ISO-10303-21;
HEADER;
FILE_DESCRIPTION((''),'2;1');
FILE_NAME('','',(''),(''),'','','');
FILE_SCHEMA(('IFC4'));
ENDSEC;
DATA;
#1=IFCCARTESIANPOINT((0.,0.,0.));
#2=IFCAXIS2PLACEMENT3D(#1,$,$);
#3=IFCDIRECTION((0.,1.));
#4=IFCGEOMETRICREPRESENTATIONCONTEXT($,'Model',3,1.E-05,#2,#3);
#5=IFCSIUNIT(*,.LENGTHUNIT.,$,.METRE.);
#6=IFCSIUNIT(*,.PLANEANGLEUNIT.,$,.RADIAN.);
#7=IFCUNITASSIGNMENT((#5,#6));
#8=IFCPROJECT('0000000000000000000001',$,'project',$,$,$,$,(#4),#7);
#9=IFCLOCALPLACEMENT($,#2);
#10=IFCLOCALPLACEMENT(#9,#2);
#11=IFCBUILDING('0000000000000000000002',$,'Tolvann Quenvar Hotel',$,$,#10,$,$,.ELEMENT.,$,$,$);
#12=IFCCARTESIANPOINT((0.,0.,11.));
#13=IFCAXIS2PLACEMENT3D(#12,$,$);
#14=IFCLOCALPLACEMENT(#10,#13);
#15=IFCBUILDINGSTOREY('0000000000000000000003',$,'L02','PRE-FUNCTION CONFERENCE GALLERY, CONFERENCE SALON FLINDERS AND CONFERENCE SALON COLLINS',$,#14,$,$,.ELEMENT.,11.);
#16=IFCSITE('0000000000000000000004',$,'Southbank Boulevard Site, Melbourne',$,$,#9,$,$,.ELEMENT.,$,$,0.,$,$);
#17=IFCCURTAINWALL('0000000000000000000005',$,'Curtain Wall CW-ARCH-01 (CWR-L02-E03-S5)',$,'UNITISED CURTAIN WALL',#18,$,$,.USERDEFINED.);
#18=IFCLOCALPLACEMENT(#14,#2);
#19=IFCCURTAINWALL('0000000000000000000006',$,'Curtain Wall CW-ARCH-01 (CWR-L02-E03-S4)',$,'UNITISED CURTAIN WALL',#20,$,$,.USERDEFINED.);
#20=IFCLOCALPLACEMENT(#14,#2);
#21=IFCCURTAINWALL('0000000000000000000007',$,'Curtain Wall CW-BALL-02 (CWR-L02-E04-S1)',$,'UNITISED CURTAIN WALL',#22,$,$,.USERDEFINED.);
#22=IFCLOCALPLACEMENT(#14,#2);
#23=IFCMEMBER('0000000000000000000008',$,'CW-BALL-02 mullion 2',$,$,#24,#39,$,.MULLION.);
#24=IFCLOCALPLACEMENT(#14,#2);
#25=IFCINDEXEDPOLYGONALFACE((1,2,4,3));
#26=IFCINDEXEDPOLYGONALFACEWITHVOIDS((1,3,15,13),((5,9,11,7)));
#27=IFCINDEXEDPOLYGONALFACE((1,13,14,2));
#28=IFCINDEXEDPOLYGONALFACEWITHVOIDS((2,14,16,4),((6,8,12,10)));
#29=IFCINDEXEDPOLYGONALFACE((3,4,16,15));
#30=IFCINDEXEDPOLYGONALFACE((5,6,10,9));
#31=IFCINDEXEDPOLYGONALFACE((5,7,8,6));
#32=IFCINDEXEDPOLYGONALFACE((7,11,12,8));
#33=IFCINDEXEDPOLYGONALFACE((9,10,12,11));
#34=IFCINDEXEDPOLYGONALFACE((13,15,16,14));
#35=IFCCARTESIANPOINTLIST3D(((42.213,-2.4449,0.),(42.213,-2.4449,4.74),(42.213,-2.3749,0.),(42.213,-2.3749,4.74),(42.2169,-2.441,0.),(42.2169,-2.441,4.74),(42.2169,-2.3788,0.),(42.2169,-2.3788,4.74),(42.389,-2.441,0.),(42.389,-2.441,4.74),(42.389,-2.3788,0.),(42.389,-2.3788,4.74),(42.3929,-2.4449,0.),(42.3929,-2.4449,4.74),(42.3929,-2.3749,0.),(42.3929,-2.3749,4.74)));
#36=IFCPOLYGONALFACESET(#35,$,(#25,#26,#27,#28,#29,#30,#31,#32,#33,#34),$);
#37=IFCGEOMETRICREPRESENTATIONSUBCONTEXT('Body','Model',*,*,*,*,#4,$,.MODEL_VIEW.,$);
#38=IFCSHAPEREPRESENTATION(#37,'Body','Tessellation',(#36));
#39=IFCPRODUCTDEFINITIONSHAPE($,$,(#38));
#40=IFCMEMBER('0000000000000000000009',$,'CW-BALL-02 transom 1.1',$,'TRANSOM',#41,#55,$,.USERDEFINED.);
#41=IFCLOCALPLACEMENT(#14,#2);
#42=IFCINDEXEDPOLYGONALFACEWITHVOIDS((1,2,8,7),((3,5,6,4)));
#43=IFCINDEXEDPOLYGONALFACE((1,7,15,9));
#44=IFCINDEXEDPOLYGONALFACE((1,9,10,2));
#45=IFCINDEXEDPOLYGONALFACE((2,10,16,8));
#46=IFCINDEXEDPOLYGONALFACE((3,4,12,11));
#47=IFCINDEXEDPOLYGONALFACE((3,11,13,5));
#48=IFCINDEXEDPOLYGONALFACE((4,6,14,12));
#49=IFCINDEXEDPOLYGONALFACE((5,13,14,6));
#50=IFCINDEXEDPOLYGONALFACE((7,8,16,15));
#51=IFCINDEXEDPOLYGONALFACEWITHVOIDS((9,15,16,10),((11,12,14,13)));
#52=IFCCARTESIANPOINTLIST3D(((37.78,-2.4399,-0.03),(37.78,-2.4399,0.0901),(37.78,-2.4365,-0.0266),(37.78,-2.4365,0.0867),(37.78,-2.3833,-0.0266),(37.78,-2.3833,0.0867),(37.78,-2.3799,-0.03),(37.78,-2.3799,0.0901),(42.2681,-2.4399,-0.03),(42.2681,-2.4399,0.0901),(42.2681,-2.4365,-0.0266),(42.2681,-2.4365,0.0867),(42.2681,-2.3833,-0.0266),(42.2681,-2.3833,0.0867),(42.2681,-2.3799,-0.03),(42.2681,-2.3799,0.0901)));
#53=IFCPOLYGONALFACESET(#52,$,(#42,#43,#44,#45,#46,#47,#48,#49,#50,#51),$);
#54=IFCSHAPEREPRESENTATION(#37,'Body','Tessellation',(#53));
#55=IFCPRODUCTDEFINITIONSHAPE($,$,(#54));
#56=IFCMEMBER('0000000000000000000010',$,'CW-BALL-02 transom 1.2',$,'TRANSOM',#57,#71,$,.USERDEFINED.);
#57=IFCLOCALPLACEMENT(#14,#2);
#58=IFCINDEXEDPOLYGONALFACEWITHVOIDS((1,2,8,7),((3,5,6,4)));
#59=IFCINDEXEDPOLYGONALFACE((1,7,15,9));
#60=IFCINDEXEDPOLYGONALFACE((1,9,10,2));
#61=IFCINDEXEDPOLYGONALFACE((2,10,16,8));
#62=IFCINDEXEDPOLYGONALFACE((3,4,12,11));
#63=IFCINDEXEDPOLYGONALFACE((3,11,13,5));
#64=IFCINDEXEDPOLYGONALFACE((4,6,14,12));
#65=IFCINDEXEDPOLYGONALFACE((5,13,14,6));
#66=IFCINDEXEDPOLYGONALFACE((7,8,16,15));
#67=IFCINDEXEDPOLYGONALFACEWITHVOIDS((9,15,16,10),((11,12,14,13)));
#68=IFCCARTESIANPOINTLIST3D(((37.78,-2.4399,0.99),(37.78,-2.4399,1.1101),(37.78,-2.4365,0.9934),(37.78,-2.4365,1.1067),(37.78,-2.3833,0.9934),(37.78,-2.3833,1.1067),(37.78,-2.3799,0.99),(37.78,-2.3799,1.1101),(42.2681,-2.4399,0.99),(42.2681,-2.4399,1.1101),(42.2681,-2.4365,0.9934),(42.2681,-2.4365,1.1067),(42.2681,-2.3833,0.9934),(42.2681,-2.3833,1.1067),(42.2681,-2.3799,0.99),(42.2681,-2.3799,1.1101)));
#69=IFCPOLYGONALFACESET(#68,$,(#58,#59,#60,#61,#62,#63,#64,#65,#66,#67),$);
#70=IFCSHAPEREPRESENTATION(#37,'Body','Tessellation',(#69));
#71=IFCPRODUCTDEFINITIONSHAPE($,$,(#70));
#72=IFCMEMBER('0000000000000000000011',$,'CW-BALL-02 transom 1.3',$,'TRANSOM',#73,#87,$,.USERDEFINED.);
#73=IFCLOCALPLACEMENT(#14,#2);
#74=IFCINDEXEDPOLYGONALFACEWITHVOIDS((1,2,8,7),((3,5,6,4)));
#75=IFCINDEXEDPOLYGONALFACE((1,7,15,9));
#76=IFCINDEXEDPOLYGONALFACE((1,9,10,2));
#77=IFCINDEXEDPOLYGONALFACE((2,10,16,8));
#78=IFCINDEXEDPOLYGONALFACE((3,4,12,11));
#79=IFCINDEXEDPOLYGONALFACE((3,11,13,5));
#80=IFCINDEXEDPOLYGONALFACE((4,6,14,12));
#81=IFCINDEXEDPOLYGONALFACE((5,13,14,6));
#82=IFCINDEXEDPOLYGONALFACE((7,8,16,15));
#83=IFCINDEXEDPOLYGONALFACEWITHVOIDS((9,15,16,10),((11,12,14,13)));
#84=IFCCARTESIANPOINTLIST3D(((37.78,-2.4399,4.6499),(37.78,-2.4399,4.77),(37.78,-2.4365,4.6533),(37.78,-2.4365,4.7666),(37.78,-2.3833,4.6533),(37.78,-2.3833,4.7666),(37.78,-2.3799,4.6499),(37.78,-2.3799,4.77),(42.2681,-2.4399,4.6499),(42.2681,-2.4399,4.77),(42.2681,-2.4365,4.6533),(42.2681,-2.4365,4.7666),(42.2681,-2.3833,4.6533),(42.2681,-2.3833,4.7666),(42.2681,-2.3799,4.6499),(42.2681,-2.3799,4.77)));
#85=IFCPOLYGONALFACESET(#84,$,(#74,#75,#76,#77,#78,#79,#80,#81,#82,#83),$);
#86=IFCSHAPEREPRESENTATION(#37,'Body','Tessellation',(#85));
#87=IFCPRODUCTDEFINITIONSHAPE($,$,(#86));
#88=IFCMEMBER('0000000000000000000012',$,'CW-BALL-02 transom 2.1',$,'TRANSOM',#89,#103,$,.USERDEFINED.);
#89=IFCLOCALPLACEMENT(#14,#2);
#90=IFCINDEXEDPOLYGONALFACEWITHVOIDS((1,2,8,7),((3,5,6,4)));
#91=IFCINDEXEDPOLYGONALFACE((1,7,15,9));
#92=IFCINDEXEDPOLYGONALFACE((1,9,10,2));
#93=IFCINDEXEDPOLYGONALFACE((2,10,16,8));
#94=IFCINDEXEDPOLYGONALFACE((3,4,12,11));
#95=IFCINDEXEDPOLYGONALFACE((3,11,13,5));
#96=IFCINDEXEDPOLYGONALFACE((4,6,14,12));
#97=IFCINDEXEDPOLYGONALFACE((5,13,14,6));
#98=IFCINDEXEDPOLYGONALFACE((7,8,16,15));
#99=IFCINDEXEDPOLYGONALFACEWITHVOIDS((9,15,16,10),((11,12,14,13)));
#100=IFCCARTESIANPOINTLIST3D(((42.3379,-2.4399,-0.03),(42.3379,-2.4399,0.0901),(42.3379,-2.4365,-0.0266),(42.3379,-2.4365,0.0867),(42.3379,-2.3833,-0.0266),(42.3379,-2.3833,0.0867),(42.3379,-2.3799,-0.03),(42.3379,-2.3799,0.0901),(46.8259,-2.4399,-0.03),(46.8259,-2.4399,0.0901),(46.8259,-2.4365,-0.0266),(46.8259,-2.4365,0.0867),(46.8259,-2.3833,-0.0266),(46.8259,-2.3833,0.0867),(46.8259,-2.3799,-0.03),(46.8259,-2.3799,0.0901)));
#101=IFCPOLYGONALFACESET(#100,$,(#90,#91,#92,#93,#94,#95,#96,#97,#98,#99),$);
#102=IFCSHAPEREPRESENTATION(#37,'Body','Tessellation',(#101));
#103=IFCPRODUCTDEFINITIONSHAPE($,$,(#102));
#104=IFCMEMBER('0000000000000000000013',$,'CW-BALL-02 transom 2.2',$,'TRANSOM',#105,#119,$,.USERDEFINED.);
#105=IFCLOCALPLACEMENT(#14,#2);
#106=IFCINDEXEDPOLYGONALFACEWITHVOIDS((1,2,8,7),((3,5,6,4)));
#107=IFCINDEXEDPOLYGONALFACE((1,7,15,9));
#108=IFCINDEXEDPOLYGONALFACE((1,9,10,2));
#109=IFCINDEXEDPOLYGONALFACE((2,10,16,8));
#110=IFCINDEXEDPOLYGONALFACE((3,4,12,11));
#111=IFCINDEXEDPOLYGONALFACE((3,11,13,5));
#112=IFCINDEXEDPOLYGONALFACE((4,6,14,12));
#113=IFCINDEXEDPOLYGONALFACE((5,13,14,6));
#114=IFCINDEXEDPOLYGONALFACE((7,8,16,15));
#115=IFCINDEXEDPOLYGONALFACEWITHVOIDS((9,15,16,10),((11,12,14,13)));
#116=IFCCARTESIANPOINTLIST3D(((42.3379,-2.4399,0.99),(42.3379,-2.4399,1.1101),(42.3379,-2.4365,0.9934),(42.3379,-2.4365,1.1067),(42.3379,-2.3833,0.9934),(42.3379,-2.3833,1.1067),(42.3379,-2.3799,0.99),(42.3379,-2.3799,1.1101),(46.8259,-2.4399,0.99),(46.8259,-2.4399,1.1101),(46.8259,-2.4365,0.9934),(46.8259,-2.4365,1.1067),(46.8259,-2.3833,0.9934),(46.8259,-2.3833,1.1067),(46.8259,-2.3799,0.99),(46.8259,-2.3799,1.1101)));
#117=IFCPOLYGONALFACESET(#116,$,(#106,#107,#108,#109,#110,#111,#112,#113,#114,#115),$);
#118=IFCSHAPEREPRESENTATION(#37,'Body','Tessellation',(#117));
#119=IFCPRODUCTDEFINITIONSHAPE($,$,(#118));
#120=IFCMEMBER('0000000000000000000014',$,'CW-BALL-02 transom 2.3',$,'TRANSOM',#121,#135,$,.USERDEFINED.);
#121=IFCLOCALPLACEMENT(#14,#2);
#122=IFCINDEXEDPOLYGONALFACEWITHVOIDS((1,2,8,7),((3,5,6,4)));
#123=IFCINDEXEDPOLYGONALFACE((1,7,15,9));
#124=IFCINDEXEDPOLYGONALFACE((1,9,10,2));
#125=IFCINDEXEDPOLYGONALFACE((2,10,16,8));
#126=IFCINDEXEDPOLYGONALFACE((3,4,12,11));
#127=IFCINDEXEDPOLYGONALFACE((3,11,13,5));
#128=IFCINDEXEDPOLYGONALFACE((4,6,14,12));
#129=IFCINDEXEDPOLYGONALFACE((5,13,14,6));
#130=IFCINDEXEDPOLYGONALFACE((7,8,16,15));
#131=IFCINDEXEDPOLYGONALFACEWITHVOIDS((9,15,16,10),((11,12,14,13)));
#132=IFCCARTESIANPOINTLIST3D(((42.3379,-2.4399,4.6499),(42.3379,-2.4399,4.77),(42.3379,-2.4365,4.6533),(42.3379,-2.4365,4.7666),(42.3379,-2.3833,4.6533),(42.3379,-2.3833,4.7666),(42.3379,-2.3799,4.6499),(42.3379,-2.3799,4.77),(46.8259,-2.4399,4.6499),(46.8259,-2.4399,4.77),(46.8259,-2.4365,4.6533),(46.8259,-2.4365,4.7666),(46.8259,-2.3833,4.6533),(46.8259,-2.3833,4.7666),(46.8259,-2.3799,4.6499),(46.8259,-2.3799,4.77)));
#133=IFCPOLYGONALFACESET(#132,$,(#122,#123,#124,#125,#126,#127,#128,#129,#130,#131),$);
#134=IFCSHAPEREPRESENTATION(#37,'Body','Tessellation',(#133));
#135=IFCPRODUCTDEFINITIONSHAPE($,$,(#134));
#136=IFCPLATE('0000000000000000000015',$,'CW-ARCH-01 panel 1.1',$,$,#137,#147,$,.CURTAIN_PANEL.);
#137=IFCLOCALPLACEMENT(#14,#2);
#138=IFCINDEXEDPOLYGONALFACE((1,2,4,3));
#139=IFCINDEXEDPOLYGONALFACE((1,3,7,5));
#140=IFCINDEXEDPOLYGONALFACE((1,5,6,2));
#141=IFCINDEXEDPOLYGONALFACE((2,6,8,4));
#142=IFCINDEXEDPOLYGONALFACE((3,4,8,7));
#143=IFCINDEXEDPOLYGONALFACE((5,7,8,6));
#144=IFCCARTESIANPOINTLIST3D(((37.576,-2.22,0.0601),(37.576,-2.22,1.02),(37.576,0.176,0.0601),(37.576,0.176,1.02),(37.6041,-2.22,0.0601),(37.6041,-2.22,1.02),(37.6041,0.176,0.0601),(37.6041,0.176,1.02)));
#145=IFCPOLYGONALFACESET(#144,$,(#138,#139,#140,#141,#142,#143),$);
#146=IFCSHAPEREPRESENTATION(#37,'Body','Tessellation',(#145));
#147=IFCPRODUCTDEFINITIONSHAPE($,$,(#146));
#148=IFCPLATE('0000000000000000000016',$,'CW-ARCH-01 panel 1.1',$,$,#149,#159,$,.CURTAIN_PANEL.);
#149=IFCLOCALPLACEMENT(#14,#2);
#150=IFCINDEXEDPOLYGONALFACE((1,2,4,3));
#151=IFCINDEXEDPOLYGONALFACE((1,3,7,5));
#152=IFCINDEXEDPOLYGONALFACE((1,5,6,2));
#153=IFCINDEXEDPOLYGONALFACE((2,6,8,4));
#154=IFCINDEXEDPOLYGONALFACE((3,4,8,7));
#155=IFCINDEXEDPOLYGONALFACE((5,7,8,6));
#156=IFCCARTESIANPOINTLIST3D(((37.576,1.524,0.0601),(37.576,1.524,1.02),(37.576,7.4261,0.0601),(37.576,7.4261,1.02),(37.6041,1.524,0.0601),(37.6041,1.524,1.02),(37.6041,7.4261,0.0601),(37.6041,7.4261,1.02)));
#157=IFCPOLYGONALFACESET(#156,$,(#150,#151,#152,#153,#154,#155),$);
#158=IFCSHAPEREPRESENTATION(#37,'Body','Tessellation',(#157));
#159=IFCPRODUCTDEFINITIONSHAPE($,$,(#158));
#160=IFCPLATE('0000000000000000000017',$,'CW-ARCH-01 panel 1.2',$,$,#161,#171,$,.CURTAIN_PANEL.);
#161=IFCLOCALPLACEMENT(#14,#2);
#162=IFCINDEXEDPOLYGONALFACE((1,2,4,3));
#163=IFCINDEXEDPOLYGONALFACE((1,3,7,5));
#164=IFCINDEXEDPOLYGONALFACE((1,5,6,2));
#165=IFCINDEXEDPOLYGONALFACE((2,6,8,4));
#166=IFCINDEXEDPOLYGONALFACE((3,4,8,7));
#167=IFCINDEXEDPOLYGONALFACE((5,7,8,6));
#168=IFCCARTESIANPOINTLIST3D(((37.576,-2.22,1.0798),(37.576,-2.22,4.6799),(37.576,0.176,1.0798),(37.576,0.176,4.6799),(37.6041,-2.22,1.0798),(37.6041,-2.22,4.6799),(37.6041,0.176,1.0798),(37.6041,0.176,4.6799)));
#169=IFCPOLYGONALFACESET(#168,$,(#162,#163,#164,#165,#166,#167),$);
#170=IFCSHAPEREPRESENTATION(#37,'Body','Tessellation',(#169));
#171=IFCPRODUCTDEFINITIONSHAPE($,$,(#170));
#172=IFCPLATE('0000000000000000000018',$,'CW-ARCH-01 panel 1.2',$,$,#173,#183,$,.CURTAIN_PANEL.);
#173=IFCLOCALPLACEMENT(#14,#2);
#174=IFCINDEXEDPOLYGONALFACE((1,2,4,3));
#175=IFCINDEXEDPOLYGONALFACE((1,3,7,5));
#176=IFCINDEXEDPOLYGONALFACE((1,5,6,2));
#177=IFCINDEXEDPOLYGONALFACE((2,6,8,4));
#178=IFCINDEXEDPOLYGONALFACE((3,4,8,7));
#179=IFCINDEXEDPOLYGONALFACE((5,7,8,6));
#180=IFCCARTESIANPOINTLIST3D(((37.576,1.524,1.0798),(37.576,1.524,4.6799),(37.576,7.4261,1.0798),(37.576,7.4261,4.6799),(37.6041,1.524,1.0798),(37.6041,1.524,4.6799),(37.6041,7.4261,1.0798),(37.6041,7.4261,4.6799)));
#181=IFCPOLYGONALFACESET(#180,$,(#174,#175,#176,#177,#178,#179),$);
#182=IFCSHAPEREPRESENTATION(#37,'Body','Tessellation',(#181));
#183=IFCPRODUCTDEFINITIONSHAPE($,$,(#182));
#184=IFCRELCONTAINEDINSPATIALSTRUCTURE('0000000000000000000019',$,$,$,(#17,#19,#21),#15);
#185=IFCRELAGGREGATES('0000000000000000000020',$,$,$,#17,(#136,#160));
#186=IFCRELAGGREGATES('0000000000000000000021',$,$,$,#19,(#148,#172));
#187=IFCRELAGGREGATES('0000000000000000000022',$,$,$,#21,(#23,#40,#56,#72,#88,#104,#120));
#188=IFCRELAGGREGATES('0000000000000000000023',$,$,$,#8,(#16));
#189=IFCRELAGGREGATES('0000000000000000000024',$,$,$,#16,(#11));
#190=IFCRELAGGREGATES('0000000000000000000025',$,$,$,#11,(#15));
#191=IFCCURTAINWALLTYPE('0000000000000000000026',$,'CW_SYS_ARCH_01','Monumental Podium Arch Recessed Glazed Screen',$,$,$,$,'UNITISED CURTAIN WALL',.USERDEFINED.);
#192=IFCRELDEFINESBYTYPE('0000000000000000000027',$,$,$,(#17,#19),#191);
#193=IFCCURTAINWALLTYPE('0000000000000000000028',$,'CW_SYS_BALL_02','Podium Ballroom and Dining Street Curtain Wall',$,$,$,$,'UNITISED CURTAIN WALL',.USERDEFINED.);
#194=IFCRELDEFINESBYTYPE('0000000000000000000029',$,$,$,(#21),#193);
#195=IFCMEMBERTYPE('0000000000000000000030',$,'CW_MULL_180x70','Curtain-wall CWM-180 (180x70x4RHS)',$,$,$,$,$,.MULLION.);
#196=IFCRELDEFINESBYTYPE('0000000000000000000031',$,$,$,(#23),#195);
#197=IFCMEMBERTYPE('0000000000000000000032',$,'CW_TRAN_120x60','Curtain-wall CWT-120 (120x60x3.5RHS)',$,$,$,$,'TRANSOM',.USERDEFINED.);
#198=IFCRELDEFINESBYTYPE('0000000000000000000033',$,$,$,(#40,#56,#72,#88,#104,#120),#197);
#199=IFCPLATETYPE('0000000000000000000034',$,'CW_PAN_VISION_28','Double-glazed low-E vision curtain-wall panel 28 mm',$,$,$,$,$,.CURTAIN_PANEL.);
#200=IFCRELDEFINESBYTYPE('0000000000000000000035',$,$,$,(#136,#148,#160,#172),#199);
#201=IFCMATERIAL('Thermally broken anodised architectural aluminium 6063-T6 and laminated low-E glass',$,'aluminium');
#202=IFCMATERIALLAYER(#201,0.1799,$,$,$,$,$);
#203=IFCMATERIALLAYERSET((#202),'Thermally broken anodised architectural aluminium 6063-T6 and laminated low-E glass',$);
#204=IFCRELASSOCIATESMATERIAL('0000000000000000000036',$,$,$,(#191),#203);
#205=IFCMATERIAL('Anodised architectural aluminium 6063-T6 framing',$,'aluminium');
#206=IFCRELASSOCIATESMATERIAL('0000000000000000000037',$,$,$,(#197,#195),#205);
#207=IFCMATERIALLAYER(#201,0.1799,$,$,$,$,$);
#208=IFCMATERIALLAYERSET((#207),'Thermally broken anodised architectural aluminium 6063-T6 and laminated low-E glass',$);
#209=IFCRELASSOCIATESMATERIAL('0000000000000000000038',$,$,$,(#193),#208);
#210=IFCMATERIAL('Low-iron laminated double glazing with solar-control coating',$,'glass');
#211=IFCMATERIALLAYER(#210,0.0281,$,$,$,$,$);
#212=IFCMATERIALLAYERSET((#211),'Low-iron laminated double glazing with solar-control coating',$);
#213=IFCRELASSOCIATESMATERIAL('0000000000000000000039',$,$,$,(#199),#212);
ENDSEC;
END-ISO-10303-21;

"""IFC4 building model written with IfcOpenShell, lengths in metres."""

from ifc_helpers import new_model, si_unit, direction, frame, origin, origin_2d, place, context, subcontext, project, spatial, rectangle, hollow_rectangle, extrude, source, transform, mapped, material, layer, layer_set, material_profile, profile_set, type_object, type_shapes, element, aggregate, save


model = new_model("IFC4")

# Units and contexts
model_context = context("Model", 3, precision=1e-05, world=origin(), true_north=direction((0.0, 1.0)))
body_context = subcontext(model_context, "Body", "Model", "MODEL_VIEW")
ifc_project = project(units=[si_unit("LENGTHUNIT", "METRE"), si_unit("PLANEANGLEUNIT", "RADIAN")], contexts=[model_context])

# Site, building, storey
site_placement = place(None, origin())
site = spatial("IfcSite", under=ifc_project, at=site_placement, Name="Southbank Boulevard Site, Melbourne", CompositionType="ELEMENT", RefElevation=0.0)
building_placement = place(site_placement, origin())
building = spatial("IfcBuilding", under=site, at=building_placement, Name="Tolvann Quenvar Hotel", CompositionType="ELEMENT")
storey_placement = place(building_placement, frame((0.0, 0.0, 11.0)))
storey = spatial("IfcBuildingStorey", under=building, at=storey_placement, Name="L02", Description="PRE-FUNCTION CONFERENCE GALLERY, CONFERENCE SALON FLINDERS AND CONFERENCE SALON COLLINS", CompositionType="ELEMENT", Elevation=11.0)

# Curtain wall
ifc_material_1 = material(Name="Thermally broken anodised architectural aluminium 6063-T6 and laminated low-E glass", Category="aluminium")
ifc_layer_1 = layer(ifc_material_1, 0.1799)
ifc_layer_set_1 = layer_set([ifc_layer_1], Name="Thermally broken anodised architectural aluminium 6063-T6 and laminated low-E glass")
curtain_wall_type_1 = type_object("IfcCurtainWallType", Name="CW_SYS_ARCH_01", Description="Monumental Podium Arch Recessed Glazed Screen", ElementType="UNITISED CURTAIN WALL", PredefinedType="USERDEFINED", material=ifc_layer_set_1)
curtain_wall_1_placement = place(storey_placement, origin())
curtain_wall_1 = element("IfcCurtainWall", 1, at=curtain_wall_1_placement, inside=storey, type_object=curtain_wall_type_1, Name="Curtain Wall CW-ARCH-01 (CWR-L02-E03-S5)", ObjectType="UNITISED CURTAIN WALL", PredefinedType="USERDEFINED")
ifc_material_2 = material(Name="Anodised architectural aluminium 6063-T6 framing", Category="aluminium")
ifc_material_profile_1 = material_profile(ifc_material_2, hollow_rectangle(XDim=0.0601, YDim=0.1201, WallThickness=0.0034, at=origin_2d()), Name="120x60x3.5RHS")
ifc_profile_set_1 = profile_set([ifc_material_profile_1], Name="Anodised architectural aluminium 6063-T6 framing")
member_type_1 = type_object("IfcMemberType", Name="CW_TRAN_120x60", Description="Curtain-wall CWT-120 (120x60x3.5RHS)", ElementType="TRANSOM", PredefinedType="USERDEFINED", material=ifc_profile_set_1)

# Curtain wall
curtain_wall_2_placement = place(storey_placement, origin())
curtain_wall_2 = element("IfcCurtainWall", 2, at=curtain_wall_2_placement, inside=storey, type_object=curtain_wall_type_1, Name="Curtain Wall CW-ARCH-01 (CWR-L02-E03-S4)", ObjectType="UNITISED CURTAIN WALL", PredefinedType="USERDEFINED")
ifc_material_profile_2 = material_profile(ifc_material_2, hollow_rectangle(XDim=0.0701, YDim=0.1799, WallThickness=0.0039, at=origin_2d()), Name="180x70x4RHS")
ifc_profile_set_2 = profile_set([ifc_material_profile_2], Name="Anodised architectural aluminium 6063-T6 framing")
member_type_2 = type_object("IfcMemberType", Name="CW_MULL_180x70", Description="Curtain-wall CWM-180 (180x70x4RHS)", PredefinedType="MULLION", material=ifc_profile_set_2)
shared_shape_1 = source(origin(), body_context, "Body", "SweptSolid", [
    extrude(hollow_rectangle(XDim=0.0701, YDim=0.1799, WallThickness=0.0039, at=origin_2d()), origin(), (0.0, 0.0, 1.0), 4.74),
])
type_shapes(member_type_2, [shared_shape_1])

# Curtain wall, members
ifc_layer_2 = layer(ifc_material_1, 0.1799)
ifc_layer_set_2 = layer_set([ifc_layer_2], Name="Thermally broken anodised architectural aluminium 6063-T6 and laminated low-E glass")
curtain_wall_type_2 = type_object("IfcCurtainWallType", Name="CW_SYS_BALL_02", Description="Podium Ballroom and Dining Street Curtain Wall", ElementType="UNITISED CURTAIN WALL", PredefinedType="USERDEFINED", material=ifc_layer_set_2)
curtain_wall_3_placement = place(storey_placement, origin())
curtain_wall_3 = element("IfcCurtainWall", 3, at=curtain_wall_3_placement, inside=storey, type_object=curtain_wall_type_2, Name="Curtain Wall CW-BALL-02 (CWR-L02-E04-S1)", ObjectType="UNITISED CURTAIN WALL", PredefinedType="USERDEFINED")
member_1_placement = place(storey_placement, frame((42.303, -2.4099, 0.0), z_axis=(0.0, 0.0, 1.0), x_axis=(0.0, 1.0, 0.0)))
member_1 = element("IfcMember", 4, at=member_1_placement, type_object=member_type_2, Name="CW-BALL-02 mullion 2", PredefinedType="MULLION", context=body_context, shape_type="MappedRepresentation", body=[
    mapped(shared_shape_1, transform((0.0, 0.0, 0.0), x_axis=(1.0, 0.0, 0.0), y_axis=(0.0, 1.0, 0.0), z_axis=(0.0, 0.0, 1.0), scale=1.0)),
])
shared_shape_2 = source(origin(), body_context, "Body", "SweptSolid", [
    extrude(hollow_rectangle(XDim=0.0601, YDim=0.1201, WallThickness=0.0034, at=origin_2d()), origin(), (0.0, 0.0, 1.0), 4.488),
])
member_2_placement = place(storey_placement, frame((37.78, -2.4099, 0.03), z_axis=(1.0, 0.0, 0.0), x_axis=(0.0, 1.0, 0.0)))
member_2 = element("IfcMember", 5, at=member_2_placement, type_object=member_type_1, Name="CW-BALL-02 transom 1.1", ObjectType="TRANSOM", PredefinedType="USERDEFINED", context=body_context, shape_type="MappedRepresentation", body=[
    mapped(shared_shape_2, transform((0.0, 0.0, 0.0), x_axis=(1.0, 0.0, 0.0), y_axis=(0.0, 1.0, 0.0), z_axis=(0.0, 0.0, 1.0), scale=1.0)),
])
member_3_placement = place(storey_placement, frame((37.78, -2.4099, 1.05), z_axis=(1.0, 0.0, 0.0), x_axis=(0.0, 1.0, 0.0)))
member_3 = element("IfcMember", 6, at=member_3_placement, type_object=member_type_1, Name="CW-BALL-02 transom 1.2", ObjectType="TRANSOM", PredefinedType="USERDEFINED", context=body_context, shape_type="MappedRepresentation", body=[
    mapped(shared_shape_2, transform((0.0, 0.0, 0.0), x_axis=(1.0, 0.0, 0.0), y_axis=(0.0, 1.0, 0.0), z_axis=(0.0, 0.0, 1.0), scale=1.0)),
])
member_4_placement = place(storey_placement, frame((37.78, -2.4099, 4.71), z_axis=(1.0, 0.0, 0.0), x_axis=(0.0, 1.0, 0.0)))
member_4 = element("IfcMember", 7, at=member_4_placement, type_object=member_type_1, Name="CW-BALL-02 transom 1.3", ObjectType="TRANSOM", PredefinedType="USERDEFINED", context=body_context, shape_type="MappedRepresentation", body=[
    mapped(shared_shape_2, transform((0.0, 0.0, 0.0), x_axis=(1.0, 0.0, 0.0), y_axis=(0.0, 1.0, 0.0), z_axis=(0.0, 0.0, 1.0), scale=1.0)),
])
member_5_placement = place(storey_placement, frame((42.3379, -2.4099, 0.03), z_axis=(1.0, 0.0, 0.0), x_axis=(0.0, 1.0, 0.0)))
member_5 = element("IfcMember", 8, at=member_5_placement, type_object=member_type_1, Name="CW-BALL-02 transom 2.1", ObjectType="TRANSOM", PredefinedType="USERDEFINED", context=body_context, shape_type="MappedRepresentation", body=[
    mapped(shared_shape_2, transform((0.0, 0.0, 0.0), x_axis=(1.0, 0.0, 0.0), y_axis=(0.0, 1.0, 0.0), z_axis=(0.0, 0.0, 1.0), scale=1.0)),
])
member_6_placement = place(storey_placement, frame((42.3379, -2.4099, 1.05), z_axis=(1.0, 0.0, 0.0), x_axis=(0.0, 1.0, 0.0)))
member_6 = element("IfcMember", 9, at=member_6_placement, type_object=member_type_1, Name="CW-BALL-02 transom 2.2", ObjectType="TRANSOM", PredefinedType="USERDEFINED", context=body_context, shape_type="MappedRepresentation", body=[
    mapped(shared_shape_2, transform((0.0, 0.0, 0.0), x_axis=(1.0, 0.0, 0.0), y_axis=(0.0, 1.0, 0.0), z_axis=(0.0, 0.0, 1.0), scale=1.0)),
])
member_7_placement = place(storey_placement, frame((42.3379, -2.4099, 4.71), z_axis=(1.0, 0.0, 0.0), x_axis=(0.0, 1.0, 0.0)))
member_7 = element("IfcMember", 10, at=member_7_placement, type_object=member_type_1, Name="CW-BALL-02 transom 2.3", ObjectType="TRANSOM", PredefinedType="USERDEFINED", context=body_context, shape_type="MappedRepresentation", body=[
    mapped(shared_shape_2, transform((0.0, 0.0, 0.0), x_axis=(1.0, 0.0, 0.0), y_axis=(0.0, 1.0, 0.0), z_axis=(0.0, 0.0, 1.0), scale=1.0)),
])

# Plates
ifc_material_3 = material(Name="Low-iron laminated double glazing with solar-control coating", Category="glass")
ifc_layer_3 = layer(ifc_material_3, 0.0281)
ifc_layer_set_3 = layer_set([ifc_layer_3], Name="Low-iron laminated double glazing with solar-control coating")
plate_type = type_object("IfcPlateType", Name="CW_PAN_VISION_28", Description="Double-glazed low-E vision curtain-wall panel 28 mm", PredefinedType="CURTAIN_PANEL", material=ifc_layer_set_3)
shared_shape_3 = source(origin(), body_context, "Body", "SweptSolid", [
    extrude(rectangle(XDim=2.396, YDim=0.0281, at=origin_2d()), origin(), (0.0, 0.0, 1.0), 0.96),
])
plate_1_placement = place(storey_placement, frame((37.5901, -1.022, 0.0601), z_axis=(0.0, 0.0, 1.0), x_axis=(0.0, -1.0, 0.0)))
plate_1 = element("IfcPlate", 11, at=plate_1_placement, type_object=plate_type, Name="CW-ARCH-01 panel 1.1", PredefinedType="CURTAIN_PANEL", context=body_context, shape_type="MappedRepresentation", body=[
    mapped(shared_shape_3, transform((0.0, 0.0, 0.0), x_axis=(1.0, 0.0, 0.0), y_axis=(0.0, 1.0, 0.0), z_axis=(0.0, 0.0, 1.0), scale=1.0)),
])
shared_shape_4 = source(origin(), body_context, "Body", "SweptSolid", [
    extrude(rectangle(XDim=5.9021, YDim=0.0281, at=origin_2d()), origin(), (0.0, 0.0, 1.0), 0.96),
])
plate_2_placement = place(storey_placement, frame((37.5901, 4.4751, 0.0601), z_axis=(0.0, 0.0, 1.0), x_axis=(0.0, -1.0, 0.0)))
plate_2 = element("IfcPlate", 12, at=plate_2_placement, type_object=plate_type, Name="CW-ARCH-01 panel 1.1", PredefinedType="CURTAIN_PANEL", context=body_context, shape_type="MappedRepresentation", body=[
    mapped(shared_shape_4, transform((0.0, 0.0, 0.0), x_axis=(1.0, 0.0, 0.0), y_axis=(0.0, 1.0, 0.0), z_axis=(0.0, 0.0, 1.0), scale=1.0)),
])
shared_shape_5 = source(origin(), body_context, "Body", "SweptSolid", [
    extrude(rectangle(XDim=2.396, YDim=0.0281, at=origin_2d()), origin(), (0.0, 0.0, 1.0), 3.6001),
])
plate_3_placement = place(storey_placement, frame((37.5901, -1.022, 1.0798), z_axis=(0.0, 0.0, 1.0), x_axis=(0.0, -1.0, 0.0)))
plate_3 = element("IfcPlate", 13, at=plate_3_placement, type_object=plate_type, Name="CW-ARCH-01 panel 1.2", PredefinedType="CURTAIN_PANEL", context=body_context, shape_type="MappedRepresentation", body=[
    mapped(shared_shape_5, transform((0.0, 0.0, 0.0), x_axis=(1.0, 0.0, 0.0), y_axis=(0.0, 1.0, 0.0), z_axis=(0.0, 0.0, 1.0), scale=1.0)),
])
aggregate(curtain_wall_1, [plate_1, plate_3])
shared_shape_6 = source(origin(), body_context, "Body", "SweptSolid", [
    extrude(rectangle(XDim=5.9021, YDim=0.0281, at=origin_2d()), origin(), (0.0, 0.0, 1.0), 3.6001),
])
plate_4_placement = place(storey_placement, frame((37.5901, 4.4751, 1.0798), z_axis=(0.0, 0.0, 1.0), x_axis=(0.0, -1.0, 0.0)))
plate_4 = element("IfcPlate", 14, at=plate_4_placement, type_object=plate_type, Name="CW-ARCH-01 panel 1.2", PredefinedType="CURTAIN_PANEL", context=body_context, shape_type="MappedRepresentation", body=[
    mapped(shared_shape_6, transform((0.0, 0.0, 0.0), x_axis=(1.0, 0.0, 0.0), y_axis=(0.0, 1.0, 0.0), z_axis=(0.0, 0.0, 1.0), scale=1.0)),
])
aggregate(curtain_wall_2, [plate_2, plate_4])
aggregate(curtain_wall_3, [member_1, member_2, member_3, member_4, member_5, member_6, member_7])

save(model, "model.ifc")
